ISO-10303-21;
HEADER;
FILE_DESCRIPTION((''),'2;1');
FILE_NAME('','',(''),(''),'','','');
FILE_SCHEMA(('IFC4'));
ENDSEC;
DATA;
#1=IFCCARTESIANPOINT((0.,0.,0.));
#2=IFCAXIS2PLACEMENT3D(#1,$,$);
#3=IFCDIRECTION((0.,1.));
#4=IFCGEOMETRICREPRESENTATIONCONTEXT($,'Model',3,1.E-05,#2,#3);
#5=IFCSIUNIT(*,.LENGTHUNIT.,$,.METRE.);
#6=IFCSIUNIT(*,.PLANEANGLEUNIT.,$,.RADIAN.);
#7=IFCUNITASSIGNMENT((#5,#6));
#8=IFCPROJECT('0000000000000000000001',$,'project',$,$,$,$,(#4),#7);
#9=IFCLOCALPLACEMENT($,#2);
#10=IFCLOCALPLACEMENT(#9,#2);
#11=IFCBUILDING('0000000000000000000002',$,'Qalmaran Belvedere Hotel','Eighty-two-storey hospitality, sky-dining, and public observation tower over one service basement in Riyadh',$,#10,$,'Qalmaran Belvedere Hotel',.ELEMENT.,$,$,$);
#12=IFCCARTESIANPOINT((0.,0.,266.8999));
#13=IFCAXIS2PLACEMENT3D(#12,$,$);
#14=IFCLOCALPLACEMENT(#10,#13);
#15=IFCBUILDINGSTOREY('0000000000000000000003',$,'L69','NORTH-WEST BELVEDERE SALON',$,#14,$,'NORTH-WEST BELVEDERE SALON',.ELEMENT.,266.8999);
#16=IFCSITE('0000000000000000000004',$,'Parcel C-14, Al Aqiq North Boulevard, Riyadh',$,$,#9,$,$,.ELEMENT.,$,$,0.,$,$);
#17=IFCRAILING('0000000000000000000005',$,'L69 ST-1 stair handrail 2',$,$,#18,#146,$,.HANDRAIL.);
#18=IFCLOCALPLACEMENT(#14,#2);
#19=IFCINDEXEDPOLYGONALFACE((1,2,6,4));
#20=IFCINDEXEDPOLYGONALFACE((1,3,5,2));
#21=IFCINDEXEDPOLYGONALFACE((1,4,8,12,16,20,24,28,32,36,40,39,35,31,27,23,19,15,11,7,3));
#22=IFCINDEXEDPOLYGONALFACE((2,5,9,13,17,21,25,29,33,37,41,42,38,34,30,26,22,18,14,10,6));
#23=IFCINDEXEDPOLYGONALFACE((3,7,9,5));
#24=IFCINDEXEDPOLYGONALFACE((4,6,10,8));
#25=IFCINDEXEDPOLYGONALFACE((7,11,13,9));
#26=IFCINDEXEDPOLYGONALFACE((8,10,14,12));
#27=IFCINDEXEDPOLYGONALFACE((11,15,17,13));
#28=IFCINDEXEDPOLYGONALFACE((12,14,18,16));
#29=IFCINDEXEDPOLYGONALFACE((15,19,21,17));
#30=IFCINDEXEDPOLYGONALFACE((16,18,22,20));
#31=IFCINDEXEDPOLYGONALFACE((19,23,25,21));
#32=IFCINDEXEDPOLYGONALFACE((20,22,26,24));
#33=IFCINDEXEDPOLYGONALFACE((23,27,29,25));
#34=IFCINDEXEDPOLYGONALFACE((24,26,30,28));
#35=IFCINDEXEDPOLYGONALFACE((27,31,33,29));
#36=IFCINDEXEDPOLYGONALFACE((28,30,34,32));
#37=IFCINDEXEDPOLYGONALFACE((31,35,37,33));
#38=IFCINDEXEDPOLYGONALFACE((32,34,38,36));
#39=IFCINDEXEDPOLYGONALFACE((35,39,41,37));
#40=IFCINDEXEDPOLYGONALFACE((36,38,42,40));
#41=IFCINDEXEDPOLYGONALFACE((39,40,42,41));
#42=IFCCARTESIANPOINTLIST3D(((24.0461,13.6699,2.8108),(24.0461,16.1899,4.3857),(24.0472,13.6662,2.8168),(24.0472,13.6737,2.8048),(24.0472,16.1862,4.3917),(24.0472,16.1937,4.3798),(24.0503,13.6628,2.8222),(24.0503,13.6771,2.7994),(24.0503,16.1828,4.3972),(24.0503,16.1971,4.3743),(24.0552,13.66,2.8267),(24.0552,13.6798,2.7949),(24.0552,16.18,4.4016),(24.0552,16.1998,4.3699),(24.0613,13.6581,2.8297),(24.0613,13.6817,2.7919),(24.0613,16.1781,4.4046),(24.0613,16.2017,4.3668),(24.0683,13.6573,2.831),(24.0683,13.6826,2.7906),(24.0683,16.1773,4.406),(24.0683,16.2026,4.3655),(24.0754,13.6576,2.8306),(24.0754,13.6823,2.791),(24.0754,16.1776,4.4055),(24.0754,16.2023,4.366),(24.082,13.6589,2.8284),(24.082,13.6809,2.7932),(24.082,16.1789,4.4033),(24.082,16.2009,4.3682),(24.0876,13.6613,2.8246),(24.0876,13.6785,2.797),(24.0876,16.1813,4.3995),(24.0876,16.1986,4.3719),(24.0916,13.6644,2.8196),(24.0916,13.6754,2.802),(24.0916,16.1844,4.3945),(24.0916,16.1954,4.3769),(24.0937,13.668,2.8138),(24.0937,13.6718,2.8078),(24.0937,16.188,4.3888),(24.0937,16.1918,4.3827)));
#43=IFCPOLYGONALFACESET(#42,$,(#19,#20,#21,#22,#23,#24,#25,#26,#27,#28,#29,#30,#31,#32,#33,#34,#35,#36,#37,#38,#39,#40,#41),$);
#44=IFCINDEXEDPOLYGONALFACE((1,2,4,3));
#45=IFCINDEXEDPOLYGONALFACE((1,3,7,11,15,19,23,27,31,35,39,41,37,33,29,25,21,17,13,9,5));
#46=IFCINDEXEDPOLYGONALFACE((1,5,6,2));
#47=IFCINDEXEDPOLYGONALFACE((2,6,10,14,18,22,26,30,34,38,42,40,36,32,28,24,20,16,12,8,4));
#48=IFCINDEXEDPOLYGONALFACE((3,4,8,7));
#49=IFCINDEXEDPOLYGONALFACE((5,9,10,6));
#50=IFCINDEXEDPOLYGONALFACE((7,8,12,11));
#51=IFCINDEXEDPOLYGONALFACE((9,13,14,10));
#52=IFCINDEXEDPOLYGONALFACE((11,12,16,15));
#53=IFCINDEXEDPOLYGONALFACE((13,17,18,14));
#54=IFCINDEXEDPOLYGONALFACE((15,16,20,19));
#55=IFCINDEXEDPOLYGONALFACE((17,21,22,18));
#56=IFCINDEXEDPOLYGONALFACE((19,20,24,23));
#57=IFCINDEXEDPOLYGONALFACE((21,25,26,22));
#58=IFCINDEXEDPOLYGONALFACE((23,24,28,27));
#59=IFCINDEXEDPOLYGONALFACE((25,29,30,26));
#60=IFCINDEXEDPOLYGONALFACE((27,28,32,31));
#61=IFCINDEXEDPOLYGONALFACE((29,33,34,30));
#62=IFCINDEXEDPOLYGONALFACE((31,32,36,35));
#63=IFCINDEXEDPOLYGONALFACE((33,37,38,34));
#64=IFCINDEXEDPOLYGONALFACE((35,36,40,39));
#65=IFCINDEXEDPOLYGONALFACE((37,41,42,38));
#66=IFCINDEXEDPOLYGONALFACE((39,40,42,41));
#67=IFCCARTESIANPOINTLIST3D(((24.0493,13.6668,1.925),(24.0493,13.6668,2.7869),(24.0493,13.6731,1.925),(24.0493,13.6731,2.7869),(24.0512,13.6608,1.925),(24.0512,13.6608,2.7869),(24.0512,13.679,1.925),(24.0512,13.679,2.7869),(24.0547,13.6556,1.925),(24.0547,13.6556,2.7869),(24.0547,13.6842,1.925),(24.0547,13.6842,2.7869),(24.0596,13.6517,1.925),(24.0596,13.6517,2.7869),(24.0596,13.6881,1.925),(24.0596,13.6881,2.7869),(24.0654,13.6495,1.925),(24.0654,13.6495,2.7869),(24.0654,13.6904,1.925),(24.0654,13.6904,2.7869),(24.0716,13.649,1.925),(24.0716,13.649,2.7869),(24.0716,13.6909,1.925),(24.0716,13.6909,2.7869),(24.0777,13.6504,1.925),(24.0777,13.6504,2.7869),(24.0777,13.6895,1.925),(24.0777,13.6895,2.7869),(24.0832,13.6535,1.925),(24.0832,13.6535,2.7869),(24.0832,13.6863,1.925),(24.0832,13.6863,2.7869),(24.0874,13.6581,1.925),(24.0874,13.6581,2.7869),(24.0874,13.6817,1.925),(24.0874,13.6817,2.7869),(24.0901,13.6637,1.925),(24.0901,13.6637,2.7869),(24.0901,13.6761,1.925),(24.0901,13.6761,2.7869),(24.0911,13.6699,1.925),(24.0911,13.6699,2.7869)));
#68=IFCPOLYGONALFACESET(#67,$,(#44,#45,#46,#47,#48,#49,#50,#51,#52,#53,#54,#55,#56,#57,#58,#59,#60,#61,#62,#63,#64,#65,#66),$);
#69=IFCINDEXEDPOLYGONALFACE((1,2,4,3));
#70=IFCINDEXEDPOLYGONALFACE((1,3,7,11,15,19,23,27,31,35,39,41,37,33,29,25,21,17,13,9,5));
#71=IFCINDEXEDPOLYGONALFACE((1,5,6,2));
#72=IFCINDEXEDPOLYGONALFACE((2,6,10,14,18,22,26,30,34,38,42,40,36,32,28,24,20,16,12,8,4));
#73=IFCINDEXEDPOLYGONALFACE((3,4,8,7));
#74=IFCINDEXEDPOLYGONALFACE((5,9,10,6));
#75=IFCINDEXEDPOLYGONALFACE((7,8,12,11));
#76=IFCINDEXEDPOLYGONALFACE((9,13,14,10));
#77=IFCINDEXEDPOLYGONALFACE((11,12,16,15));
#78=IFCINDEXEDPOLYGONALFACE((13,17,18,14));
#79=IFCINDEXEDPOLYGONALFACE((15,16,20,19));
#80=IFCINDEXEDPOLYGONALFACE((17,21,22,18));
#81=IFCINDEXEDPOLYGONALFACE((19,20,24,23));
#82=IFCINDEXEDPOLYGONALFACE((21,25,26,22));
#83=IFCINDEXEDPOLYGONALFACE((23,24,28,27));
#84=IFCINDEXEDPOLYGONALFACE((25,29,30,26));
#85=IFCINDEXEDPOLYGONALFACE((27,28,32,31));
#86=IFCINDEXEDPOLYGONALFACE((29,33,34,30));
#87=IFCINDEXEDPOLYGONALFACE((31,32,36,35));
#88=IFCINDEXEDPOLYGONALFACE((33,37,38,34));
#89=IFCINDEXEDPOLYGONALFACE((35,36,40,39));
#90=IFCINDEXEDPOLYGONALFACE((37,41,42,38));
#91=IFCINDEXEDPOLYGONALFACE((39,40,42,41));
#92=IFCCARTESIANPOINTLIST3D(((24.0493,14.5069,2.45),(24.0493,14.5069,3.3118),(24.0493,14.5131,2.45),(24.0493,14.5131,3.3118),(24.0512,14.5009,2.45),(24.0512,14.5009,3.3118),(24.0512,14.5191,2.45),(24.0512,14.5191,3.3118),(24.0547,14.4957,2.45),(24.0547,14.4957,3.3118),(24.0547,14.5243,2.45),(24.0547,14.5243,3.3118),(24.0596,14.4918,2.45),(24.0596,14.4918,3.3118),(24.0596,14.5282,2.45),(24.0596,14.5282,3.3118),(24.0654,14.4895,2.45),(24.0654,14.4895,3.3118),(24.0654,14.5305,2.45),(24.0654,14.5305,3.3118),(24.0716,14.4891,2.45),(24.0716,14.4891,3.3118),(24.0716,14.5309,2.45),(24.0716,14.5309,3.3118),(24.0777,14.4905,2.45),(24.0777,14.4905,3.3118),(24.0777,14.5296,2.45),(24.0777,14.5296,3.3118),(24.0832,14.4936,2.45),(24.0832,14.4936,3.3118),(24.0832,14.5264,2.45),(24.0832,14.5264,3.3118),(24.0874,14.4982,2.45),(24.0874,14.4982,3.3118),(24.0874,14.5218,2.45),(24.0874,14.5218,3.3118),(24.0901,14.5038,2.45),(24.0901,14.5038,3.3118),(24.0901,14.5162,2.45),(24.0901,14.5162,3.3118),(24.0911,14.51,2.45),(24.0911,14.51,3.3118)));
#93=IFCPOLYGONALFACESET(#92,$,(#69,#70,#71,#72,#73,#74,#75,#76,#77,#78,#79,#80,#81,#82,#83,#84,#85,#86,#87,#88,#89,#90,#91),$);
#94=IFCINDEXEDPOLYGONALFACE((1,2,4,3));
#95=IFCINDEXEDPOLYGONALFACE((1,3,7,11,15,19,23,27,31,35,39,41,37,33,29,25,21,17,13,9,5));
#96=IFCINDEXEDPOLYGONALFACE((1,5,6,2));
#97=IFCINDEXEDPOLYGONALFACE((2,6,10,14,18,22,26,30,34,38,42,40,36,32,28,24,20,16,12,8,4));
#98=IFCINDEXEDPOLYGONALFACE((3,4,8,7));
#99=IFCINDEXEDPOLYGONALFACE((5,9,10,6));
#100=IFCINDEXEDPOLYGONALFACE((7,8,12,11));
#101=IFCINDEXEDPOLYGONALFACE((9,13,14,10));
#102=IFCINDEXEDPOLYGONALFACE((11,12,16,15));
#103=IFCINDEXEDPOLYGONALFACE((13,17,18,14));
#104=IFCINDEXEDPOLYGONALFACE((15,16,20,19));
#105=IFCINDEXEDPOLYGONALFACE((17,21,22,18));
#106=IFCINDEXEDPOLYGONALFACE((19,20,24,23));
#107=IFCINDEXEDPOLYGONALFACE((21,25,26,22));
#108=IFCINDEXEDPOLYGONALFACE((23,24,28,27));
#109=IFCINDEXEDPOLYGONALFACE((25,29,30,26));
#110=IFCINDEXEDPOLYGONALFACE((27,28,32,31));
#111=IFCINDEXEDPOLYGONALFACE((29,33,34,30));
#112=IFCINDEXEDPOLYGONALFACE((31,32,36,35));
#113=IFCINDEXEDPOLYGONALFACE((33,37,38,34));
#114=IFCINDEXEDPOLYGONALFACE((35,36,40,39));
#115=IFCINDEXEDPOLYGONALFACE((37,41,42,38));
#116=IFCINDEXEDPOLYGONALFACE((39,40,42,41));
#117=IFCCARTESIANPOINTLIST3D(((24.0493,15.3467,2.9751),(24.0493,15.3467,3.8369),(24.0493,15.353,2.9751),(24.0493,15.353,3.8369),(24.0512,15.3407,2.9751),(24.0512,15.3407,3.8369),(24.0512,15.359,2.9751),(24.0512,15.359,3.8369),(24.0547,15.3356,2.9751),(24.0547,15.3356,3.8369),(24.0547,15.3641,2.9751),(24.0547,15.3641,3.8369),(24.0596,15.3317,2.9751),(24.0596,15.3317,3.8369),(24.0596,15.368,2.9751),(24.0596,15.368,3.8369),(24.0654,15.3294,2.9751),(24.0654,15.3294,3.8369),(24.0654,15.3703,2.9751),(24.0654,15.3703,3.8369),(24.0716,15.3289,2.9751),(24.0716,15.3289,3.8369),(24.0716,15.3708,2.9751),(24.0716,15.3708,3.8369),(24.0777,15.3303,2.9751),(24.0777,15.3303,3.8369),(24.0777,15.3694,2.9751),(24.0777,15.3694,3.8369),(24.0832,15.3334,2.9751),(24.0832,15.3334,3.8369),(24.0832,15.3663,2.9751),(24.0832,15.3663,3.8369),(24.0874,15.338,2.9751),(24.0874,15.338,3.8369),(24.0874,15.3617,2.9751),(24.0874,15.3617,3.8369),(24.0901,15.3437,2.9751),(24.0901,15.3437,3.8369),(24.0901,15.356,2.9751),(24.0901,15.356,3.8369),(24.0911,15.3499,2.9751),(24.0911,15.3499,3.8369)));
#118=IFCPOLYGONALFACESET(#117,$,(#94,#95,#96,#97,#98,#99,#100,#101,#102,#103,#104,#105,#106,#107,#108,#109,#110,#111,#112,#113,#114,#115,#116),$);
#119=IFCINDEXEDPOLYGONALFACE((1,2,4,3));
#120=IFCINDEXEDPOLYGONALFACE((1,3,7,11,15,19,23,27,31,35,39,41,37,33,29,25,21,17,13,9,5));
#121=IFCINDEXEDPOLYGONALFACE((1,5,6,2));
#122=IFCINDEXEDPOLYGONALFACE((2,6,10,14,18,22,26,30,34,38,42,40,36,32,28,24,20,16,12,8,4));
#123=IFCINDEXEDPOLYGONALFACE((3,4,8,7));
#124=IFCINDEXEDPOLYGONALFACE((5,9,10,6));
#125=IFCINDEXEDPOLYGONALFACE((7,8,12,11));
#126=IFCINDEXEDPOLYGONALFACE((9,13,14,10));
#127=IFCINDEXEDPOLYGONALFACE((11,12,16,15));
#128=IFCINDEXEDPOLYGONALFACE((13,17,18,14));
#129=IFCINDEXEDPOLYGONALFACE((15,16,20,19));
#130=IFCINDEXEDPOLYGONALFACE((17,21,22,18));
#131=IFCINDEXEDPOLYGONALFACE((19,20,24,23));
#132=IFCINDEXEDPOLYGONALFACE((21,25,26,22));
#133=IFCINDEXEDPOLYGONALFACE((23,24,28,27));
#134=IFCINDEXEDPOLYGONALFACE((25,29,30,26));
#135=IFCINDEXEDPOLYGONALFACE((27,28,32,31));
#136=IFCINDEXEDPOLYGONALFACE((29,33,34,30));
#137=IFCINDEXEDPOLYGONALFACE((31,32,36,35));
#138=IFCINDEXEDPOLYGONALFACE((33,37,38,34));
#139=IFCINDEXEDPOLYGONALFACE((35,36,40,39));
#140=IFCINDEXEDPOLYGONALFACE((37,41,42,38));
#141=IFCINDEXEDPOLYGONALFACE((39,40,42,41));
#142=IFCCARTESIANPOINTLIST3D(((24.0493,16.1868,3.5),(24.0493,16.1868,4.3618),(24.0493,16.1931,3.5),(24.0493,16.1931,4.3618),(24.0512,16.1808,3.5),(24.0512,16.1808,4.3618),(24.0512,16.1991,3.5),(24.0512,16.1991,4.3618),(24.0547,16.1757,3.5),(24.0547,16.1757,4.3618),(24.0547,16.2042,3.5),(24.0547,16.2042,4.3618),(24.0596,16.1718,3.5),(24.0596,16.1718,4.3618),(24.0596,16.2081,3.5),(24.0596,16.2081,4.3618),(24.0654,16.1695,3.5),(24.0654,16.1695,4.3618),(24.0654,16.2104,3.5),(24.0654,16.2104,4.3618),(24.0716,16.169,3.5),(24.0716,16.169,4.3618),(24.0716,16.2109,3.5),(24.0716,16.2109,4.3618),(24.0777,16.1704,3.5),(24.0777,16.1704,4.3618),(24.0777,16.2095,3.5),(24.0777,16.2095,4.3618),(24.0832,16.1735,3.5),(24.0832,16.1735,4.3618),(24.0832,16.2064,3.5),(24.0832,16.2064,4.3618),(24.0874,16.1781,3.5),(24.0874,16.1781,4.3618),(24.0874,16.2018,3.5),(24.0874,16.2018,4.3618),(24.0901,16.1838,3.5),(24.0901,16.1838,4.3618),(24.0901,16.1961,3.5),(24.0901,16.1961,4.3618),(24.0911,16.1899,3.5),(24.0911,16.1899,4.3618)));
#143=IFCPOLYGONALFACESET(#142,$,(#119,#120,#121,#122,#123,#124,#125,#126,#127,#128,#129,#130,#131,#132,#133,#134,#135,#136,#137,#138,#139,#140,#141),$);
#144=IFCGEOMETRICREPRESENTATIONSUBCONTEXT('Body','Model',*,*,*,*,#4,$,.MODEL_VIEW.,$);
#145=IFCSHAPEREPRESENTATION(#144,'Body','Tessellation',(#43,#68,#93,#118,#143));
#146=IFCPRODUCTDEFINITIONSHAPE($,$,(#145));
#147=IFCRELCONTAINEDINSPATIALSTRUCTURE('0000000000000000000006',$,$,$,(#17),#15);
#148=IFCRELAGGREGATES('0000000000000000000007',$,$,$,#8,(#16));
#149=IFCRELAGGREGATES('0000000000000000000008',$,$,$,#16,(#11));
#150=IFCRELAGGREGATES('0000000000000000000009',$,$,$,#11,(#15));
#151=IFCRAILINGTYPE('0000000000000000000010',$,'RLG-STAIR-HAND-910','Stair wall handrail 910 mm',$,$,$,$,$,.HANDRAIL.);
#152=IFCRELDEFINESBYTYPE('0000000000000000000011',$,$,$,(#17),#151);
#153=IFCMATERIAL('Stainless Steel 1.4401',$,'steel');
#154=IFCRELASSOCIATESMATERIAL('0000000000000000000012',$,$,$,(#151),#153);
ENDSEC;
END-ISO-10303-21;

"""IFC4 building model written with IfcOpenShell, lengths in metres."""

from ifc_helpers import new_model, si_unit, direction, frame, origin, origin_2d, place, context, subcontext, project, spatial, circle, extrude, material, type_object, element, save


model = new_model("IFC4")

# Units and contexts
model_context = context("Model", 3, precision=1e-05, world=origin(), true_north=direction((0.0, 1.0)))
body_context = subcontext(model_context, "Body", "Model", "MODEL_VIEW")
ifc_project = project(units=[si_unit("LENGTHUNIT", "METRE"), si_unit("PLANEANGLEUNIT", "RADIAN")], contexts=[model_context])

# Site, building, storey
site_placement = place(None, origin())
site = spatial("IfcSite", under=ifc_project, at=site_placement, Name="Parcel C-14, Al Aqiq North Boulevard, Riyadh", CompositionType="ELEMENT", RefElevation=0.0)
building_placement = place(site_placement, origin())
building = spatial("IfcBuilding", under=site, at=building_placement, Name="Qalmaran Belvedere Hotel", Description="Eighty-two-storey hospitality, sky-dining, and public observation tower over one service basement in Riyadh", LongName="Qalmaran Belvedere Hotel", CompositionType="ELEMENT")
storey_placement = place(building_placement, frame((0.0, 0.0, 266.8999)))
storey = spatial("IfcBuildingStorey", under=building, at=storey_placement, Name="L69", Description="NORTH-WEST BELVEDERE SALON", LongName="NORTH-WEST BELVEDERE SALON", CompositionType="ELEMENT", Elevation=266.8999)

# Shared definitions
ifc_material_1 = material(Name="Stainless Steel 1.4401", Category="steel")

# Railing
railing_type_1 = type_object("IfcRailingType", Name="RLG-STAIR-HAND-910", Description="Stair wall handrail 910 mm", PredefinedType="HANDRAIL", material=ifc_material_1)
railing_1_placement = place(storey_placement, frame((24.0701, 13.6699, 1.925)))
element("IfcRailing", 1, at=railing_1_placement, inside=storey, type_object=railing_type_1, Name="L69 ST-1 stair handrail 2", PredefinedType="HANDRAIL", context=body_context, shape_type="SweptSolid", body=[
    extrude(circle(Radius=0.0239, at=origin_2d()), frame((0.0, 0.0, 0.8857), z_axis=(0.0, 0.848008, 0.529984), x_axis=(-1.0, 0.0, 0.0)), (0.0, 0.0, 1.0), 2.9717),
    extrude(circle(Radius=0.021, at=origin_2d()), origin(), (0.0, 0.0, 1.0), 0.8618),
    extrude(circle(Radius=0.021, at=origin_2d()), frame((0.0, 0.8401, 0.5249)), (0.0, 0.0, 1.0), 0.8618),
    extrude(circle(Radius=0.021, at=origin_2d()), frame((0.0, 1.6799, 1.05)), (0.0, 0.0, 1.0), 0.8618),
    extrude(circle(Radius=0.021, at=origin_2d()), frame((0.0, 2.52, 1.575)), (0.0, 0.0, 1.0), 0.8618),
])

save(model, "model.ifc")
